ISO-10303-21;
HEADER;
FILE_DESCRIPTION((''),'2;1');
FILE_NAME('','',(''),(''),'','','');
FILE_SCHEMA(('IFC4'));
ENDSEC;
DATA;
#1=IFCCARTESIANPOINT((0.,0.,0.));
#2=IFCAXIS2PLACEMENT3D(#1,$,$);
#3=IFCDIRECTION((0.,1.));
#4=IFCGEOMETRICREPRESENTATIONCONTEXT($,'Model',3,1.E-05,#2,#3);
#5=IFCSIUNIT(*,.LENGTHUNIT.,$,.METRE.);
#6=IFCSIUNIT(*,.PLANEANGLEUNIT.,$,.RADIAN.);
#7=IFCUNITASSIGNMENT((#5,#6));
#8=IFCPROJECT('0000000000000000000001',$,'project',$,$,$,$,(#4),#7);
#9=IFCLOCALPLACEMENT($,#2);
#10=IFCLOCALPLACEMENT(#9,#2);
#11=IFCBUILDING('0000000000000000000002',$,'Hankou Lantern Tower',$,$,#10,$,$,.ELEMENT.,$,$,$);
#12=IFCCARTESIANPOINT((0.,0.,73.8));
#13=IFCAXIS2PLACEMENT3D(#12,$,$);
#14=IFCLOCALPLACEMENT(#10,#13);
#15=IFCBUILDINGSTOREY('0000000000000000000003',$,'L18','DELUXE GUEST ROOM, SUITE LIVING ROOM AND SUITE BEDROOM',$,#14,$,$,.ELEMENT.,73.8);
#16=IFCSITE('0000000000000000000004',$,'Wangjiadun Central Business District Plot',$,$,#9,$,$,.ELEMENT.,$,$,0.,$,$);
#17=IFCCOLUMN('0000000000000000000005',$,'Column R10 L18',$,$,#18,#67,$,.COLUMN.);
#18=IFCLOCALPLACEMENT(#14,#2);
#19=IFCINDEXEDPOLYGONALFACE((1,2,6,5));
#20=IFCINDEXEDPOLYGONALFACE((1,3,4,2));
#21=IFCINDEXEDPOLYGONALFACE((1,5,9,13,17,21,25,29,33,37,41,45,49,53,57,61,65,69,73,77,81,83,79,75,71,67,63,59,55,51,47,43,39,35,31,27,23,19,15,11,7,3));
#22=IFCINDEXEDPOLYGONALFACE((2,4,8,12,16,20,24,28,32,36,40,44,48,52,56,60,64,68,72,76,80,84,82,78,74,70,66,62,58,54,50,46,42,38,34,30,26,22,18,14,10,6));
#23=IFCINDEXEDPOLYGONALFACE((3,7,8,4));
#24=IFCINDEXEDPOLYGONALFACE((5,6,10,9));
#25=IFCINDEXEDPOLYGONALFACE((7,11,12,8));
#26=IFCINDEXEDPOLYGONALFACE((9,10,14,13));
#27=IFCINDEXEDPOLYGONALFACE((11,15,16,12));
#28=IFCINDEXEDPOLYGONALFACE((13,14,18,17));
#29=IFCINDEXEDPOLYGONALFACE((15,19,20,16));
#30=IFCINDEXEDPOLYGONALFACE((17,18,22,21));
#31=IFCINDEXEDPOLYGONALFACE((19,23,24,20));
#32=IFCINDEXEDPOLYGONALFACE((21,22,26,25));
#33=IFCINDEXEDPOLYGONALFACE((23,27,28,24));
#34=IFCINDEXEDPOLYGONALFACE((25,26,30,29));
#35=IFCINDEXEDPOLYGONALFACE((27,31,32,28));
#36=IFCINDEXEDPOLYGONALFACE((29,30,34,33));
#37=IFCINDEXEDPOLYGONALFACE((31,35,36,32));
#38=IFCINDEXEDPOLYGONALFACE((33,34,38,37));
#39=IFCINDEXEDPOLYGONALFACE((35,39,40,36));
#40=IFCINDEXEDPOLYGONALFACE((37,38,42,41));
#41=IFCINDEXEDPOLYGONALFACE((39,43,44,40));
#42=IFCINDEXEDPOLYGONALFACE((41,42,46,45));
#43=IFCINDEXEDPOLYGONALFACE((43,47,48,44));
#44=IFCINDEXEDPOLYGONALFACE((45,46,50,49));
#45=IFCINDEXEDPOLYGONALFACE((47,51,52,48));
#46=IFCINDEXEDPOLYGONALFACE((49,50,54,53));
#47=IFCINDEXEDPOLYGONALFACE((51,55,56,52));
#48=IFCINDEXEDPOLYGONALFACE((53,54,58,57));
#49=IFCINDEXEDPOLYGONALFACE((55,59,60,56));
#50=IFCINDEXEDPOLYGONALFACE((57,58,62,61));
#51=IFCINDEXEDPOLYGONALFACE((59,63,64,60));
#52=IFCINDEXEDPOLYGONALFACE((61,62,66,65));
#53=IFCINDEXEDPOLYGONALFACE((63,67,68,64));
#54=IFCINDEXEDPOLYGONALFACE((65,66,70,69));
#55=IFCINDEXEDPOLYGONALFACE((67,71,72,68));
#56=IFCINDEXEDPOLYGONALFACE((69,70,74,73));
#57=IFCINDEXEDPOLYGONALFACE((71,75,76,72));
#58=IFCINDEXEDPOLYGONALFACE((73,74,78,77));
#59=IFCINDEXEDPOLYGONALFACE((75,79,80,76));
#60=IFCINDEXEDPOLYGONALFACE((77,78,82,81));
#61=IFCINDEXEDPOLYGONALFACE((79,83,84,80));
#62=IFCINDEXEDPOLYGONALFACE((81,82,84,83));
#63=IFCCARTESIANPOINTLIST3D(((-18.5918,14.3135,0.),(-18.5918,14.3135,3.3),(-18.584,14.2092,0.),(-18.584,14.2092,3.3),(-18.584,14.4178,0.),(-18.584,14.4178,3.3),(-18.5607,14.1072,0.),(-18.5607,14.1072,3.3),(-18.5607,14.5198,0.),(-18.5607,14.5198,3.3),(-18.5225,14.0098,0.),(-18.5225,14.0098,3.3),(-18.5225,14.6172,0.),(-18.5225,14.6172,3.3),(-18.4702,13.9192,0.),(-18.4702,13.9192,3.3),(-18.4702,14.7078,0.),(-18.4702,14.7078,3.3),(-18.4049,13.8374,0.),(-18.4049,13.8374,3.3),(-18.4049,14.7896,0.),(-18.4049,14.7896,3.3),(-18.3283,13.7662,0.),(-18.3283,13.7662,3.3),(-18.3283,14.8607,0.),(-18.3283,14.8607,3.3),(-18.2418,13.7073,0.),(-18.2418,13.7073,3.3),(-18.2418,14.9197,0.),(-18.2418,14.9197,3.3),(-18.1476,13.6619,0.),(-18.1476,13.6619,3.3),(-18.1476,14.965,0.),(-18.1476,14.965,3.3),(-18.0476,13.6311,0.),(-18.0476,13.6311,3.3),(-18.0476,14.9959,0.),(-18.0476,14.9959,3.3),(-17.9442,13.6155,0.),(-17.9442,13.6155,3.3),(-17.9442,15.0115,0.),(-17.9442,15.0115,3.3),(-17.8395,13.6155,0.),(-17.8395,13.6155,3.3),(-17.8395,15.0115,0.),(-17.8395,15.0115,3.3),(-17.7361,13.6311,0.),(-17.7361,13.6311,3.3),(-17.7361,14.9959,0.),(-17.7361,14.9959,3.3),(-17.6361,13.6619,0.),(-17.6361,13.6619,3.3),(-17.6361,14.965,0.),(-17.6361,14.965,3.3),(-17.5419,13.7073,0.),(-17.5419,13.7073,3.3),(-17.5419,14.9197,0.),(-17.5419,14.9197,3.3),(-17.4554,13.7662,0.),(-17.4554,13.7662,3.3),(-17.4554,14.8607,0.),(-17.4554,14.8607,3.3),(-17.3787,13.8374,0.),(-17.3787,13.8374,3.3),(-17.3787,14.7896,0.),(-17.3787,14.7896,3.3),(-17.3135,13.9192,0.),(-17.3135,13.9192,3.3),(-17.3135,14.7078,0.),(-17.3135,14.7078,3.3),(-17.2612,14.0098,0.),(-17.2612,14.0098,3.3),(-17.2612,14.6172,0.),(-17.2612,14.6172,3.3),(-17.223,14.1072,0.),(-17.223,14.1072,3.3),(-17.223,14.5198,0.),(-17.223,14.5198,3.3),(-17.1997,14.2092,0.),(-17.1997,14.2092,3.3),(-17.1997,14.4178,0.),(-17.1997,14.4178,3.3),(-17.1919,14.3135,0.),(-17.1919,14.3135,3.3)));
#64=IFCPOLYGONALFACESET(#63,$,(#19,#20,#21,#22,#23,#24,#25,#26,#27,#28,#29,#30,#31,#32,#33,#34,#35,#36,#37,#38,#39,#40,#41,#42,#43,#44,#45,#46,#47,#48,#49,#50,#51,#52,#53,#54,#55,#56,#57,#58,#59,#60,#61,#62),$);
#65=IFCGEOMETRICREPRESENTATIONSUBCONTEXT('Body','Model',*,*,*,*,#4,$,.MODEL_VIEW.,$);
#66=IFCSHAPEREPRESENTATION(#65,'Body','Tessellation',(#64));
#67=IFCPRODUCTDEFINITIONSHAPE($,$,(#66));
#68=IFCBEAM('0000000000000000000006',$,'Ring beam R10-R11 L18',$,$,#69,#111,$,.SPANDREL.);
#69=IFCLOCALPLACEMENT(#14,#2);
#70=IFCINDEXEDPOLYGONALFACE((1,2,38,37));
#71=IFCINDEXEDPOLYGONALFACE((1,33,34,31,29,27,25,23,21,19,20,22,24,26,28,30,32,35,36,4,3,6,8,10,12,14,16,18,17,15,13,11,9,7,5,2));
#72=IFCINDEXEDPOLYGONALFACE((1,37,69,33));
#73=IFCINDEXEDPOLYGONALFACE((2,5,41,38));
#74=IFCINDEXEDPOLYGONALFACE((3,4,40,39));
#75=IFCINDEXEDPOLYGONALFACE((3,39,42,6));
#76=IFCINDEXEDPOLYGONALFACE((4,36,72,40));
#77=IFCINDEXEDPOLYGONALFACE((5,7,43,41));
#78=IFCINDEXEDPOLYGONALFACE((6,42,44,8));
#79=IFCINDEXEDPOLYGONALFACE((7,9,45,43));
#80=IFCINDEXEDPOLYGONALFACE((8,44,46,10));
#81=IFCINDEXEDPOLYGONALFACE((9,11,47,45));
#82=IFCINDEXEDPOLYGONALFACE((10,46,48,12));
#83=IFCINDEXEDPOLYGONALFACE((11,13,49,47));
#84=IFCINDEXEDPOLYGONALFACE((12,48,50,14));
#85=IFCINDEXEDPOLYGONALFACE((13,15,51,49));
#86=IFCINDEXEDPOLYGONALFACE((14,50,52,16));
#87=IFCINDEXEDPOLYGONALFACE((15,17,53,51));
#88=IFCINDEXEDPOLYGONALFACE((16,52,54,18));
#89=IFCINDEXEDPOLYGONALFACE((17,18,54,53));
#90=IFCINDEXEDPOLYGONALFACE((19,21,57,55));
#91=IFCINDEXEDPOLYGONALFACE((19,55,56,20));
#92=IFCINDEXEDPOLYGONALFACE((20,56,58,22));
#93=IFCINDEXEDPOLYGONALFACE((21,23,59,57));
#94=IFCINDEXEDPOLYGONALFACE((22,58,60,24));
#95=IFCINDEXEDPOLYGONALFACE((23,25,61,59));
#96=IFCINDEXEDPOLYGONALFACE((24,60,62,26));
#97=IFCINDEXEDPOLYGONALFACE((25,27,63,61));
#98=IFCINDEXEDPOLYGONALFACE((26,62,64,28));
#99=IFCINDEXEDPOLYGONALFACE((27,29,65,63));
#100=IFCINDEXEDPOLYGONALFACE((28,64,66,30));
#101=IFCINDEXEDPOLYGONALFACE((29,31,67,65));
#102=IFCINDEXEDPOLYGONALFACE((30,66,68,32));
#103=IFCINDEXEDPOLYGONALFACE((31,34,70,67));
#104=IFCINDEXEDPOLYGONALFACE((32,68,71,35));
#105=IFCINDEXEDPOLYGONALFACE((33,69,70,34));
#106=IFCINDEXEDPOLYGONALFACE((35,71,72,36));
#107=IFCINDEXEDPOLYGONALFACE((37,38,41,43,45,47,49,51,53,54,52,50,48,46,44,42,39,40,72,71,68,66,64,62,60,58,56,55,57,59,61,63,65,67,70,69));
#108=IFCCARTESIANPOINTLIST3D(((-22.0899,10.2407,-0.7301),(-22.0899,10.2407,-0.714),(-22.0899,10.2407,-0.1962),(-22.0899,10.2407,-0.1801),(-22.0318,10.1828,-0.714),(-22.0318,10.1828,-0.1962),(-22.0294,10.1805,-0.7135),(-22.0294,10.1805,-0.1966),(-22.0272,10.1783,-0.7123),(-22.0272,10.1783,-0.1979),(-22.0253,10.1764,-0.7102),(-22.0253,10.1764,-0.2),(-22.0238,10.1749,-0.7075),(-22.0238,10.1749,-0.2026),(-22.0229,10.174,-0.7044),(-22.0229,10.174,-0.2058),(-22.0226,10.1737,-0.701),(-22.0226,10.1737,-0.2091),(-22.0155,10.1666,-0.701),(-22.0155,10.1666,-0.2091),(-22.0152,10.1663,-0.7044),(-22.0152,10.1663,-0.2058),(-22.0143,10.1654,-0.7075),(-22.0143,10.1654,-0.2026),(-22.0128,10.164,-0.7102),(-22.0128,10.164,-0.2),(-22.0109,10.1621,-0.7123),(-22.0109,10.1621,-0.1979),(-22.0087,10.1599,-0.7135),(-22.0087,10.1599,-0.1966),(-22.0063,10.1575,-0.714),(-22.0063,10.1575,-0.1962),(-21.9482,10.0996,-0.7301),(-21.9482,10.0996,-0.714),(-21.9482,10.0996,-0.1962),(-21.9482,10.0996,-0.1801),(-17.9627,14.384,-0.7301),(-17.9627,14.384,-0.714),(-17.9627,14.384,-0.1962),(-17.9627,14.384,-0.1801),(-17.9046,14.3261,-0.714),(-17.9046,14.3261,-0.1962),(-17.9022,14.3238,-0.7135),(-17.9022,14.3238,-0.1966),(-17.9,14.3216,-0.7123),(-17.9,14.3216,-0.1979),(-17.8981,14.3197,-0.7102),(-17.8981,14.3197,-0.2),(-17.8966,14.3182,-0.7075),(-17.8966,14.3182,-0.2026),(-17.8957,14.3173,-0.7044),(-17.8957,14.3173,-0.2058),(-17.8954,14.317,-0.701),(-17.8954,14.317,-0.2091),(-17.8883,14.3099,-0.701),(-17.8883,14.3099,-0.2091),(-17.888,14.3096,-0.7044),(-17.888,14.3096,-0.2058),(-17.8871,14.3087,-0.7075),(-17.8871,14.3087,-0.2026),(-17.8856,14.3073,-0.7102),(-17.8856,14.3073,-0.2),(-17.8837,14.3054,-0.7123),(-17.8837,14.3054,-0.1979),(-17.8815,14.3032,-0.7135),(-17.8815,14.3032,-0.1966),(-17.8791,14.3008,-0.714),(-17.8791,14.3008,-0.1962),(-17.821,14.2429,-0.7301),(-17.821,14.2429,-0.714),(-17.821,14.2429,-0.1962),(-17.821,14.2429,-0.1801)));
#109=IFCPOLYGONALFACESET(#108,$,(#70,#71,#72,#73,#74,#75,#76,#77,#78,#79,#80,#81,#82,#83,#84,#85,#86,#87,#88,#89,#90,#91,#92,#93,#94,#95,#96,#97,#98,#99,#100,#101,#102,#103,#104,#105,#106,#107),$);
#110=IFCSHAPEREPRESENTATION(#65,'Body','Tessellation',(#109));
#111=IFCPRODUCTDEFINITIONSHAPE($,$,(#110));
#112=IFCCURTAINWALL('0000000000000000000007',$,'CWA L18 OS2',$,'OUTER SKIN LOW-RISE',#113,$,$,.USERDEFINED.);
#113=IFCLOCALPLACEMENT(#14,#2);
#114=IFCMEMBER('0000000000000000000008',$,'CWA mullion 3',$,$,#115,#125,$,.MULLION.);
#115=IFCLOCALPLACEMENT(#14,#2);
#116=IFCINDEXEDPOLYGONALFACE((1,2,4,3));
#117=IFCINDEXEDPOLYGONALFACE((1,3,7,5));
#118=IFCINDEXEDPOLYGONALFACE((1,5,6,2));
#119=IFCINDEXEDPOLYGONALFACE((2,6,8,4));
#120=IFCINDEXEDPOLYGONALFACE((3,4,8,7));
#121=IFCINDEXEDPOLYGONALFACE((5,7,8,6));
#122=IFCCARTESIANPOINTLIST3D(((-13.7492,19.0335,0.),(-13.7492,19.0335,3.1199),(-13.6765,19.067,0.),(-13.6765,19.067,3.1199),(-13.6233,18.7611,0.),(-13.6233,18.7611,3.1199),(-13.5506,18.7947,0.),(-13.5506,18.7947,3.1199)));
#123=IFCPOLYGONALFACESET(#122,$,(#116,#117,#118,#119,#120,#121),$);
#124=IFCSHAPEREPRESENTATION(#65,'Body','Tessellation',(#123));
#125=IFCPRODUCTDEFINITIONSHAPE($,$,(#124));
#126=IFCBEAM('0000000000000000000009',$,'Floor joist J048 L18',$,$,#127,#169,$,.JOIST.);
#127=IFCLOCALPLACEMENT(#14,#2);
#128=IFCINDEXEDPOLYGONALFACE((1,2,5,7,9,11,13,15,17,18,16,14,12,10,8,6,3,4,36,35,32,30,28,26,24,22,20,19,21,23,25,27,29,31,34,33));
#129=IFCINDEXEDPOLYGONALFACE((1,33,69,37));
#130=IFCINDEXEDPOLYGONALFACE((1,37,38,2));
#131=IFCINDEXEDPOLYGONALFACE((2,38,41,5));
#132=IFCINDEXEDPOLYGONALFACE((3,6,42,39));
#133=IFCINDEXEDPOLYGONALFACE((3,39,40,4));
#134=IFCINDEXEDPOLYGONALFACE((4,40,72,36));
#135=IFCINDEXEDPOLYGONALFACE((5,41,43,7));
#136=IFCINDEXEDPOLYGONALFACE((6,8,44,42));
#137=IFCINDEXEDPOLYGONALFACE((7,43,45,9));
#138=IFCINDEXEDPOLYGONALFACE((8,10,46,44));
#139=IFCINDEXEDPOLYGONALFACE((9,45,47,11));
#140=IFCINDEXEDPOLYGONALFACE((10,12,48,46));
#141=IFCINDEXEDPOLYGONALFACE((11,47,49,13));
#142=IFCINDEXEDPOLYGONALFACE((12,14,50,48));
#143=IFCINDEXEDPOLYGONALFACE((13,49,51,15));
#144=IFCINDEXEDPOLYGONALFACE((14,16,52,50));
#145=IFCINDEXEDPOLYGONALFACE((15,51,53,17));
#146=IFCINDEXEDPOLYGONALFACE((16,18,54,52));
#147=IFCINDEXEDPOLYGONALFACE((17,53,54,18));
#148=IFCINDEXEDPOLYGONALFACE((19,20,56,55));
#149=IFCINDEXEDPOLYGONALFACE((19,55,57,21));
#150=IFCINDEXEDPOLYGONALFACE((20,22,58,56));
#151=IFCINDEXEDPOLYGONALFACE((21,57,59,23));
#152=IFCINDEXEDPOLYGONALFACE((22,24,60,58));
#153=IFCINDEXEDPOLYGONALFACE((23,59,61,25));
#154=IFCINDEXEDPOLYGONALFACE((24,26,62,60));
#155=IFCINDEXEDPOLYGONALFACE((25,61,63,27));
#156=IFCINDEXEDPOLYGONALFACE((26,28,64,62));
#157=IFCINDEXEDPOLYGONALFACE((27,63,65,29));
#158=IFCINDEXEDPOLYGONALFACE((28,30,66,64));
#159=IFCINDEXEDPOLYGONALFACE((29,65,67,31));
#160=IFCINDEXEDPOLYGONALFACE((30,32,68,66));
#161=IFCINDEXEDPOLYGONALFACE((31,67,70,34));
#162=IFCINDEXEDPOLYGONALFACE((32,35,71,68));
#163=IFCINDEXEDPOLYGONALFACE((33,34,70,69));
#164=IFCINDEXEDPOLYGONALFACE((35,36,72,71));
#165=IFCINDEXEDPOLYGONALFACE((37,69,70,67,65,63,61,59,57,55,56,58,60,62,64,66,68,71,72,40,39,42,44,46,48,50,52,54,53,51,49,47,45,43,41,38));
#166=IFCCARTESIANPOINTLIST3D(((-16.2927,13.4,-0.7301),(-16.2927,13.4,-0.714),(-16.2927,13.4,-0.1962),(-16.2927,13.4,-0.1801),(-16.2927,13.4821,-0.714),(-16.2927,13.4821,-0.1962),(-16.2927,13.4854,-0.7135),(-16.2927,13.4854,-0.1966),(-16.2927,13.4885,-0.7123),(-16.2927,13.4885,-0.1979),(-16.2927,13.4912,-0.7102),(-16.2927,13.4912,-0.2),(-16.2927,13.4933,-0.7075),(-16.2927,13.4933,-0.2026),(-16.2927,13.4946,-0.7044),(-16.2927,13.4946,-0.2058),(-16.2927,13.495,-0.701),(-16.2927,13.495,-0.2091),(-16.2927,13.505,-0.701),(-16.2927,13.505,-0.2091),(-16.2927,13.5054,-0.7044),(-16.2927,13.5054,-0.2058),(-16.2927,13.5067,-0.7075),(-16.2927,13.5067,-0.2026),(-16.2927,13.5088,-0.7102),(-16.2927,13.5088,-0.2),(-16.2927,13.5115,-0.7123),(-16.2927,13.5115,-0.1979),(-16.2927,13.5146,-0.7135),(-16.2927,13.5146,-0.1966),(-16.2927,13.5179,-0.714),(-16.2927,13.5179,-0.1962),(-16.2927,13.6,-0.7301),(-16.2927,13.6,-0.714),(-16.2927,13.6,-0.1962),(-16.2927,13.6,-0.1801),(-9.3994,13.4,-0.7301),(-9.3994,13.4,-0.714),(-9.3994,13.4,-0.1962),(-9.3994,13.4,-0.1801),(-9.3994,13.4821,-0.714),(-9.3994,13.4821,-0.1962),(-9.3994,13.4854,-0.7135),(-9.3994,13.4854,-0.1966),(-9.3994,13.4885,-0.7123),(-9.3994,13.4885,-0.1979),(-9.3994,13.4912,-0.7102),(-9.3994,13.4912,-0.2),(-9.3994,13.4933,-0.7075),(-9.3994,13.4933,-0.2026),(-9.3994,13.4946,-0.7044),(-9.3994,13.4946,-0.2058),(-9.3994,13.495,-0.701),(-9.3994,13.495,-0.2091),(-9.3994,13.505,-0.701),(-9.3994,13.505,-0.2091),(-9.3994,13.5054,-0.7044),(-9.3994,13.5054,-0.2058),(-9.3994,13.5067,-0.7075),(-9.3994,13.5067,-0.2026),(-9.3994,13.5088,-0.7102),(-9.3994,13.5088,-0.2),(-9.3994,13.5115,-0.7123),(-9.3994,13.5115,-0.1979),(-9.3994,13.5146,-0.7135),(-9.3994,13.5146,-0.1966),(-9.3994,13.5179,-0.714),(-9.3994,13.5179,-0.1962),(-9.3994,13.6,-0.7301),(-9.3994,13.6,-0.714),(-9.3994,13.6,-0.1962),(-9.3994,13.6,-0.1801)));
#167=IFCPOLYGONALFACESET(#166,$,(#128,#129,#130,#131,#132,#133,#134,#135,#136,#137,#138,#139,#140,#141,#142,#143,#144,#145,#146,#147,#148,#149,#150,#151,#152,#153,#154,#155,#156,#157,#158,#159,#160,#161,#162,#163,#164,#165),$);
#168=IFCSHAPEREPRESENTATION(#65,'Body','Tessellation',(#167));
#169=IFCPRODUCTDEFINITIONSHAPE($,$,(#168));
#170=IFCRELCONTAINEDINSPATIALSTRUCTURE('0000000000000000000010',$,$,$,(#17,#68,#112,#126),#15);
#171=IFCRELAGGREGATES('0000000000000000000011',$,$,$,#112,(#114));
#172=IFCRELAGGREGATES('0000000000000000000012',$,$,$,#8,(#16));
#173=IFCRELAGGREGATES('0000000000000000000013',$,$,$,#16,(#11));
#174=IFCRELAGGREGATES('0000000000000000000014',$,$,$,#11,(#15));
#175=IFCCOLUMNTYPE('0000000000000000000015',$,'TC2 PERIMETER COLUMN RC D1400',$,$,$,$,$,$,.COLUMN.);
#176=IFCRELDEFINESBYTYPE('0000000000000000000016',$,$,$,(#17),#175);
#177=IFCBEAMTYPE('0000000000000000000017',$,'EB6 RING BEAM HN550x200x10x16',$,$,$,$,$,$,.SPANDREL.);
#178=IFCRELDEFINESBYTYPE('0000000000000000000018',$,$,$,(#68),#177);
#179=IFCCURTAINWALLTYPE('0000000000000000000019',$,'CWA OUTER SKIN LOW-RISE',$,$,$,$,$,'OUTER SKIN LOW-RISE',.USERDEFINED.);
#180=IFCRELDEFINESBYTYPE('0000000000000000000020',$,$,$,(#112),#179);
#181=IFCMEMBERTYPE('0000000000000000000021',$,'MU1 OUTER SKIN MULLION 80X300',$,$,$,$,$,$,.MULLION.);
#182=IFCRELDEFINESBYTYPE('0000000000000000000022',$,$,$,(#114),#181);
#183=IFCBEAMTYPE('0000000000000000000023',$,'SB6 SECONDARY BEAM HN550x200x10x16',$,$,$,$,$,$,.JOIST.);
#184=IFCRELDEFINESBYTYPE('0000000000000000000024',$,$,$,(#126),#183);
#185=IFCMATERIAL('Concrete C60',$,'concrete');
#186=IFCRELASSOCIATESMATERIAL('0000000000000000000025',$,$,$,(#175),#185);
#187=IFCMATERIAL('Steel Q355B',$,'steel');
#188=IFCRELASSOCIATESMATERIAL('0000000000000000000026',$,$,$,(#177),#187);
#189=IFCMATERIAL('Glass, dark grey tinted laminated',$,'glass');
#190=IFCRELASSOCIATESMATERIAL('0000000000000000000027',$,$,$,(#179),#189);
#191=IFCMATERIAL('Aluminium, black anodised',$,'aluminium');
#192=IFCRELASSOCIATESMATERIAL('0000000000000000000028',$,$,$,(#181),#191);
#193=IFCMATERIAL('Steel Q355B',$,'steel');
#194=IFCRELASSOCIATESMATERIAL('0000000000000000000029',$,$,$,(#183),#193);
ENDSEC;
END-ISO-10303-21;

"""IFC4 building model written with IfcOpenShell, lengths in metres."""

from ifc_helpers import new_model, si_unit, direction, frame, origin, origin_2d, place, context, subcontext, project, spatial, rectangle, circle, i_section, extrude, material, material_profile, profile_set, type_object, element, aggregate, save


model = new_model("IFC4")

# Units and contexts
model_context = context("Model", 3, precision=1e-05, world=origin(), true_north=direction((0.0, 1.0)))
body_context = subcontext(model_context, "Body", "Model", "MODEL_VIEW")
ifc_project = project(units=[si_unit("LENGTHUNIT", "METRE"), si_unit("PLANEANGLEUNIT", "RADIAN")], contexts=[model_context])

# Site, building, storey
site_placement = place(None, origin())
site = spatial("IfcSite", under=ifc_project, at=site_placement, Name="Wangjiadun Central Business District Plot", CompositionType="ELEMENT", RefElevation=0.0)
building_placement = place(site_placement, origin())
building = spatial("IfcBuilding", under=site, at=building_placement, Name="Hankou Lantern Tower", CompositionType="ELEMENT")
storey_placement = place(building_placement, frame((0.0, 0.0, 73.8)))
storey = spatial("IfcBuildingStorey", under=building, at=storey_placement, Name="L18", Description="DELUXE GUEST ROOM, SUITE LIVING ROOM AND SUITE BEDROOM", CompositionType="ELEMENT", Elevation=73.8)

# Column
ifc_material_1 = material(Name="Concrete C60", Category="concrete")
ifc_material_profile_1 = material_profile(ifc_material_1, circle(Radius=0.7, at=origin_2d()), Name="RC D1400")
ifc_profile_set_1 = profile_set([ifc_material_profile_1], Name="Concrete C60")
column_type = type_object("IfcColumnType", Name="TC2 PERIMETER COLUMN RC D1400", PredefinedType="COLUMN", material=ifc_profile_set_1)
column_placement = place(storey_placement, frame((-17.8918, 14.3135, 0.0), z_axis=(0.0, 0.0, 1.0), x_axis=(1.0, 0.0, 0.0)))
element("IfcColumn", 1, at=column_placement, inside=storey, type_object=column_type, Name="Column R10 L18", PredefinedType="COLUMN", context=body_context, shape_type="SweptSolid", body=[
    extrude(circle(Radius=0.7, at=origin_2d()), origin(), (0.0, 0.0, 1.0), 3.3),
])

# Beam
ifc_material_2 = material(Name="Steel Q355B", Category="steel")
ifc_material_profile_2 = material_profile(ifc_material_2, i_section(OverallWidth=0.2, OverallDepth=0.55, WebThickness=0.01, FlangeThickness=0.0161, FilletRadius=0.0129, at=origin_2d()), Name="HN550x200x10x16")
ifc_profile_set_2 = profile_set([ifc_material_profile_2], Name="Steel Q355B")
beam_type_1 = type_object("IfcBeamType", Name="EB6 RING BEAM HN550x200x10x16", PredefinedType="SPANDREL", material=ifc_profile_set_2)
beam_1_placement = place(storey_placement, frame((-17.8918, 14.3135, -0.4551), z_axis=(-0.705728, -0.708483, 0.0), x_axis=(0.708483, -0.705728, 0.0)))
element("IfcBeam", 2, at=beam_1_placement, inside=storey, type_object=beam_type_1, Name="Ring beam R10-R11 L18", PredefinedType="SPANDREL", context=body_context, shape_type="SweptSolid", body=[
    extrude(i_section(OverallWidth=0.2, OverallDepth=0.55, WebThickness=0.01, FlangeThickness=0.0161, FilletRadius=0.0129, at=origin_2d()), origin(), (0.0, 0.0, 1.0), 5.8481),
])

# Curtain wall, member
ifc_material_3 = material(Name="Glass, dark grey tinted laminated", Category="glass")
curtain_wall_type = type_object("IfcCurtainWallType", Name="CWA OUTER SKIN LOW-RISE", ElementType="OUTER SKIN LOW-RISE", PredefinedType="USERDEFINED", material=ifc_material_3)
curtain_wall_placement = place(storey_placement, origin())
curtain_wall = element("IfcCurtainWall", 3, at=curtain_wall_placement, inside=storey, type_object=curtain_wall_type, Name="CWA L18 OS2", ObjectType="OUTER SKIN LOW-RISE", PredefinedType="USERDEFINED")
ifc_material_4 = material(Name="Aluminium, black anodised", Category="aluminium")
ifc_material_profile_3 = material_profile(ifc_material_4, rectangle(XDim=0.0801, YDim=0.3, at=origin_2d()), Name="MU1 80X300")
ifc_profile_set_3 = profile_set([ifc_material_profile_3], Name="Aluminium, black anodised")
member_type_1 = type_object("IfcMemberType", Name="MU1 OUTER SKIN MULLION 80X300", PredefinedType="MULLION", material=ifc_profile_set_3)
member_1_placement = place(storey_placement, frame((-13.6499, 18.9141, 0.0), z_axis=(0.0, 0.0, 1.0), x_axis=(-0.907841, -0.419314, 0.0)))
member_1 = element("IfcMember", 4, at=member_1_placement, type_object=member_type_1, Name="CWA mullion 3", PredefinedType="MULLION", context=body_context, shape_type="SweptSolid", body=[
    extrude(rectangle(XDim=0.0801, YDim=0.3, at=origin_2d()), origin(), (0.0, 0.0, 1.0), 3.1199),
])

# Beam
ifc_material_5 = material(Name="Steel Q355B", Category="steel")
ifc_material_profile_4 = material_profile(ifc_material_5, i_section(OverallWidth=0.2, OverallDepth=0.55, WebThickness=0.01, FlangeThickness=0.0161, FilletRadius=0.0129, at=origin_2d()), Name="HN550x200x10x16")
ifc_profile_set_4 = profile_set([ifc_material_profile_4], Name="Steel Q355B")
beam_type_2 = type_object("IfcBeamType", Name="SB6 SECONDARY BEAM HN550x200x10x16", PredefinedType="JOIST", material=ifc_profile_set_4)
beam_2_placement = place(storey_placement, frame((-16.2927, 13.5, -0.4551), z_axis=(1.0, 0.0, 0.0), x_axis=(0.0, 1.0, 0.0)))
element("IfcBeam", 5, at=beam_2_placement, inside=storey, type_object=beam_type_2, Name="Floor joist J048 L18", PredefinedType="JOIST", context=body_context, shape_type="SweptSolid", body=[
    extrude(i_section(OverallWidth=0.2, OverallDepth=0.55, WebThickness=0.01, FlangeThickness=0.0161, FilletRadius=0.0129, at=origin_2d()), origin(), (0.0, 0.0, 1.0), 6.8933),
])

aggregate(curtain_wall, [member_1])

save(model, "model.ifc")
